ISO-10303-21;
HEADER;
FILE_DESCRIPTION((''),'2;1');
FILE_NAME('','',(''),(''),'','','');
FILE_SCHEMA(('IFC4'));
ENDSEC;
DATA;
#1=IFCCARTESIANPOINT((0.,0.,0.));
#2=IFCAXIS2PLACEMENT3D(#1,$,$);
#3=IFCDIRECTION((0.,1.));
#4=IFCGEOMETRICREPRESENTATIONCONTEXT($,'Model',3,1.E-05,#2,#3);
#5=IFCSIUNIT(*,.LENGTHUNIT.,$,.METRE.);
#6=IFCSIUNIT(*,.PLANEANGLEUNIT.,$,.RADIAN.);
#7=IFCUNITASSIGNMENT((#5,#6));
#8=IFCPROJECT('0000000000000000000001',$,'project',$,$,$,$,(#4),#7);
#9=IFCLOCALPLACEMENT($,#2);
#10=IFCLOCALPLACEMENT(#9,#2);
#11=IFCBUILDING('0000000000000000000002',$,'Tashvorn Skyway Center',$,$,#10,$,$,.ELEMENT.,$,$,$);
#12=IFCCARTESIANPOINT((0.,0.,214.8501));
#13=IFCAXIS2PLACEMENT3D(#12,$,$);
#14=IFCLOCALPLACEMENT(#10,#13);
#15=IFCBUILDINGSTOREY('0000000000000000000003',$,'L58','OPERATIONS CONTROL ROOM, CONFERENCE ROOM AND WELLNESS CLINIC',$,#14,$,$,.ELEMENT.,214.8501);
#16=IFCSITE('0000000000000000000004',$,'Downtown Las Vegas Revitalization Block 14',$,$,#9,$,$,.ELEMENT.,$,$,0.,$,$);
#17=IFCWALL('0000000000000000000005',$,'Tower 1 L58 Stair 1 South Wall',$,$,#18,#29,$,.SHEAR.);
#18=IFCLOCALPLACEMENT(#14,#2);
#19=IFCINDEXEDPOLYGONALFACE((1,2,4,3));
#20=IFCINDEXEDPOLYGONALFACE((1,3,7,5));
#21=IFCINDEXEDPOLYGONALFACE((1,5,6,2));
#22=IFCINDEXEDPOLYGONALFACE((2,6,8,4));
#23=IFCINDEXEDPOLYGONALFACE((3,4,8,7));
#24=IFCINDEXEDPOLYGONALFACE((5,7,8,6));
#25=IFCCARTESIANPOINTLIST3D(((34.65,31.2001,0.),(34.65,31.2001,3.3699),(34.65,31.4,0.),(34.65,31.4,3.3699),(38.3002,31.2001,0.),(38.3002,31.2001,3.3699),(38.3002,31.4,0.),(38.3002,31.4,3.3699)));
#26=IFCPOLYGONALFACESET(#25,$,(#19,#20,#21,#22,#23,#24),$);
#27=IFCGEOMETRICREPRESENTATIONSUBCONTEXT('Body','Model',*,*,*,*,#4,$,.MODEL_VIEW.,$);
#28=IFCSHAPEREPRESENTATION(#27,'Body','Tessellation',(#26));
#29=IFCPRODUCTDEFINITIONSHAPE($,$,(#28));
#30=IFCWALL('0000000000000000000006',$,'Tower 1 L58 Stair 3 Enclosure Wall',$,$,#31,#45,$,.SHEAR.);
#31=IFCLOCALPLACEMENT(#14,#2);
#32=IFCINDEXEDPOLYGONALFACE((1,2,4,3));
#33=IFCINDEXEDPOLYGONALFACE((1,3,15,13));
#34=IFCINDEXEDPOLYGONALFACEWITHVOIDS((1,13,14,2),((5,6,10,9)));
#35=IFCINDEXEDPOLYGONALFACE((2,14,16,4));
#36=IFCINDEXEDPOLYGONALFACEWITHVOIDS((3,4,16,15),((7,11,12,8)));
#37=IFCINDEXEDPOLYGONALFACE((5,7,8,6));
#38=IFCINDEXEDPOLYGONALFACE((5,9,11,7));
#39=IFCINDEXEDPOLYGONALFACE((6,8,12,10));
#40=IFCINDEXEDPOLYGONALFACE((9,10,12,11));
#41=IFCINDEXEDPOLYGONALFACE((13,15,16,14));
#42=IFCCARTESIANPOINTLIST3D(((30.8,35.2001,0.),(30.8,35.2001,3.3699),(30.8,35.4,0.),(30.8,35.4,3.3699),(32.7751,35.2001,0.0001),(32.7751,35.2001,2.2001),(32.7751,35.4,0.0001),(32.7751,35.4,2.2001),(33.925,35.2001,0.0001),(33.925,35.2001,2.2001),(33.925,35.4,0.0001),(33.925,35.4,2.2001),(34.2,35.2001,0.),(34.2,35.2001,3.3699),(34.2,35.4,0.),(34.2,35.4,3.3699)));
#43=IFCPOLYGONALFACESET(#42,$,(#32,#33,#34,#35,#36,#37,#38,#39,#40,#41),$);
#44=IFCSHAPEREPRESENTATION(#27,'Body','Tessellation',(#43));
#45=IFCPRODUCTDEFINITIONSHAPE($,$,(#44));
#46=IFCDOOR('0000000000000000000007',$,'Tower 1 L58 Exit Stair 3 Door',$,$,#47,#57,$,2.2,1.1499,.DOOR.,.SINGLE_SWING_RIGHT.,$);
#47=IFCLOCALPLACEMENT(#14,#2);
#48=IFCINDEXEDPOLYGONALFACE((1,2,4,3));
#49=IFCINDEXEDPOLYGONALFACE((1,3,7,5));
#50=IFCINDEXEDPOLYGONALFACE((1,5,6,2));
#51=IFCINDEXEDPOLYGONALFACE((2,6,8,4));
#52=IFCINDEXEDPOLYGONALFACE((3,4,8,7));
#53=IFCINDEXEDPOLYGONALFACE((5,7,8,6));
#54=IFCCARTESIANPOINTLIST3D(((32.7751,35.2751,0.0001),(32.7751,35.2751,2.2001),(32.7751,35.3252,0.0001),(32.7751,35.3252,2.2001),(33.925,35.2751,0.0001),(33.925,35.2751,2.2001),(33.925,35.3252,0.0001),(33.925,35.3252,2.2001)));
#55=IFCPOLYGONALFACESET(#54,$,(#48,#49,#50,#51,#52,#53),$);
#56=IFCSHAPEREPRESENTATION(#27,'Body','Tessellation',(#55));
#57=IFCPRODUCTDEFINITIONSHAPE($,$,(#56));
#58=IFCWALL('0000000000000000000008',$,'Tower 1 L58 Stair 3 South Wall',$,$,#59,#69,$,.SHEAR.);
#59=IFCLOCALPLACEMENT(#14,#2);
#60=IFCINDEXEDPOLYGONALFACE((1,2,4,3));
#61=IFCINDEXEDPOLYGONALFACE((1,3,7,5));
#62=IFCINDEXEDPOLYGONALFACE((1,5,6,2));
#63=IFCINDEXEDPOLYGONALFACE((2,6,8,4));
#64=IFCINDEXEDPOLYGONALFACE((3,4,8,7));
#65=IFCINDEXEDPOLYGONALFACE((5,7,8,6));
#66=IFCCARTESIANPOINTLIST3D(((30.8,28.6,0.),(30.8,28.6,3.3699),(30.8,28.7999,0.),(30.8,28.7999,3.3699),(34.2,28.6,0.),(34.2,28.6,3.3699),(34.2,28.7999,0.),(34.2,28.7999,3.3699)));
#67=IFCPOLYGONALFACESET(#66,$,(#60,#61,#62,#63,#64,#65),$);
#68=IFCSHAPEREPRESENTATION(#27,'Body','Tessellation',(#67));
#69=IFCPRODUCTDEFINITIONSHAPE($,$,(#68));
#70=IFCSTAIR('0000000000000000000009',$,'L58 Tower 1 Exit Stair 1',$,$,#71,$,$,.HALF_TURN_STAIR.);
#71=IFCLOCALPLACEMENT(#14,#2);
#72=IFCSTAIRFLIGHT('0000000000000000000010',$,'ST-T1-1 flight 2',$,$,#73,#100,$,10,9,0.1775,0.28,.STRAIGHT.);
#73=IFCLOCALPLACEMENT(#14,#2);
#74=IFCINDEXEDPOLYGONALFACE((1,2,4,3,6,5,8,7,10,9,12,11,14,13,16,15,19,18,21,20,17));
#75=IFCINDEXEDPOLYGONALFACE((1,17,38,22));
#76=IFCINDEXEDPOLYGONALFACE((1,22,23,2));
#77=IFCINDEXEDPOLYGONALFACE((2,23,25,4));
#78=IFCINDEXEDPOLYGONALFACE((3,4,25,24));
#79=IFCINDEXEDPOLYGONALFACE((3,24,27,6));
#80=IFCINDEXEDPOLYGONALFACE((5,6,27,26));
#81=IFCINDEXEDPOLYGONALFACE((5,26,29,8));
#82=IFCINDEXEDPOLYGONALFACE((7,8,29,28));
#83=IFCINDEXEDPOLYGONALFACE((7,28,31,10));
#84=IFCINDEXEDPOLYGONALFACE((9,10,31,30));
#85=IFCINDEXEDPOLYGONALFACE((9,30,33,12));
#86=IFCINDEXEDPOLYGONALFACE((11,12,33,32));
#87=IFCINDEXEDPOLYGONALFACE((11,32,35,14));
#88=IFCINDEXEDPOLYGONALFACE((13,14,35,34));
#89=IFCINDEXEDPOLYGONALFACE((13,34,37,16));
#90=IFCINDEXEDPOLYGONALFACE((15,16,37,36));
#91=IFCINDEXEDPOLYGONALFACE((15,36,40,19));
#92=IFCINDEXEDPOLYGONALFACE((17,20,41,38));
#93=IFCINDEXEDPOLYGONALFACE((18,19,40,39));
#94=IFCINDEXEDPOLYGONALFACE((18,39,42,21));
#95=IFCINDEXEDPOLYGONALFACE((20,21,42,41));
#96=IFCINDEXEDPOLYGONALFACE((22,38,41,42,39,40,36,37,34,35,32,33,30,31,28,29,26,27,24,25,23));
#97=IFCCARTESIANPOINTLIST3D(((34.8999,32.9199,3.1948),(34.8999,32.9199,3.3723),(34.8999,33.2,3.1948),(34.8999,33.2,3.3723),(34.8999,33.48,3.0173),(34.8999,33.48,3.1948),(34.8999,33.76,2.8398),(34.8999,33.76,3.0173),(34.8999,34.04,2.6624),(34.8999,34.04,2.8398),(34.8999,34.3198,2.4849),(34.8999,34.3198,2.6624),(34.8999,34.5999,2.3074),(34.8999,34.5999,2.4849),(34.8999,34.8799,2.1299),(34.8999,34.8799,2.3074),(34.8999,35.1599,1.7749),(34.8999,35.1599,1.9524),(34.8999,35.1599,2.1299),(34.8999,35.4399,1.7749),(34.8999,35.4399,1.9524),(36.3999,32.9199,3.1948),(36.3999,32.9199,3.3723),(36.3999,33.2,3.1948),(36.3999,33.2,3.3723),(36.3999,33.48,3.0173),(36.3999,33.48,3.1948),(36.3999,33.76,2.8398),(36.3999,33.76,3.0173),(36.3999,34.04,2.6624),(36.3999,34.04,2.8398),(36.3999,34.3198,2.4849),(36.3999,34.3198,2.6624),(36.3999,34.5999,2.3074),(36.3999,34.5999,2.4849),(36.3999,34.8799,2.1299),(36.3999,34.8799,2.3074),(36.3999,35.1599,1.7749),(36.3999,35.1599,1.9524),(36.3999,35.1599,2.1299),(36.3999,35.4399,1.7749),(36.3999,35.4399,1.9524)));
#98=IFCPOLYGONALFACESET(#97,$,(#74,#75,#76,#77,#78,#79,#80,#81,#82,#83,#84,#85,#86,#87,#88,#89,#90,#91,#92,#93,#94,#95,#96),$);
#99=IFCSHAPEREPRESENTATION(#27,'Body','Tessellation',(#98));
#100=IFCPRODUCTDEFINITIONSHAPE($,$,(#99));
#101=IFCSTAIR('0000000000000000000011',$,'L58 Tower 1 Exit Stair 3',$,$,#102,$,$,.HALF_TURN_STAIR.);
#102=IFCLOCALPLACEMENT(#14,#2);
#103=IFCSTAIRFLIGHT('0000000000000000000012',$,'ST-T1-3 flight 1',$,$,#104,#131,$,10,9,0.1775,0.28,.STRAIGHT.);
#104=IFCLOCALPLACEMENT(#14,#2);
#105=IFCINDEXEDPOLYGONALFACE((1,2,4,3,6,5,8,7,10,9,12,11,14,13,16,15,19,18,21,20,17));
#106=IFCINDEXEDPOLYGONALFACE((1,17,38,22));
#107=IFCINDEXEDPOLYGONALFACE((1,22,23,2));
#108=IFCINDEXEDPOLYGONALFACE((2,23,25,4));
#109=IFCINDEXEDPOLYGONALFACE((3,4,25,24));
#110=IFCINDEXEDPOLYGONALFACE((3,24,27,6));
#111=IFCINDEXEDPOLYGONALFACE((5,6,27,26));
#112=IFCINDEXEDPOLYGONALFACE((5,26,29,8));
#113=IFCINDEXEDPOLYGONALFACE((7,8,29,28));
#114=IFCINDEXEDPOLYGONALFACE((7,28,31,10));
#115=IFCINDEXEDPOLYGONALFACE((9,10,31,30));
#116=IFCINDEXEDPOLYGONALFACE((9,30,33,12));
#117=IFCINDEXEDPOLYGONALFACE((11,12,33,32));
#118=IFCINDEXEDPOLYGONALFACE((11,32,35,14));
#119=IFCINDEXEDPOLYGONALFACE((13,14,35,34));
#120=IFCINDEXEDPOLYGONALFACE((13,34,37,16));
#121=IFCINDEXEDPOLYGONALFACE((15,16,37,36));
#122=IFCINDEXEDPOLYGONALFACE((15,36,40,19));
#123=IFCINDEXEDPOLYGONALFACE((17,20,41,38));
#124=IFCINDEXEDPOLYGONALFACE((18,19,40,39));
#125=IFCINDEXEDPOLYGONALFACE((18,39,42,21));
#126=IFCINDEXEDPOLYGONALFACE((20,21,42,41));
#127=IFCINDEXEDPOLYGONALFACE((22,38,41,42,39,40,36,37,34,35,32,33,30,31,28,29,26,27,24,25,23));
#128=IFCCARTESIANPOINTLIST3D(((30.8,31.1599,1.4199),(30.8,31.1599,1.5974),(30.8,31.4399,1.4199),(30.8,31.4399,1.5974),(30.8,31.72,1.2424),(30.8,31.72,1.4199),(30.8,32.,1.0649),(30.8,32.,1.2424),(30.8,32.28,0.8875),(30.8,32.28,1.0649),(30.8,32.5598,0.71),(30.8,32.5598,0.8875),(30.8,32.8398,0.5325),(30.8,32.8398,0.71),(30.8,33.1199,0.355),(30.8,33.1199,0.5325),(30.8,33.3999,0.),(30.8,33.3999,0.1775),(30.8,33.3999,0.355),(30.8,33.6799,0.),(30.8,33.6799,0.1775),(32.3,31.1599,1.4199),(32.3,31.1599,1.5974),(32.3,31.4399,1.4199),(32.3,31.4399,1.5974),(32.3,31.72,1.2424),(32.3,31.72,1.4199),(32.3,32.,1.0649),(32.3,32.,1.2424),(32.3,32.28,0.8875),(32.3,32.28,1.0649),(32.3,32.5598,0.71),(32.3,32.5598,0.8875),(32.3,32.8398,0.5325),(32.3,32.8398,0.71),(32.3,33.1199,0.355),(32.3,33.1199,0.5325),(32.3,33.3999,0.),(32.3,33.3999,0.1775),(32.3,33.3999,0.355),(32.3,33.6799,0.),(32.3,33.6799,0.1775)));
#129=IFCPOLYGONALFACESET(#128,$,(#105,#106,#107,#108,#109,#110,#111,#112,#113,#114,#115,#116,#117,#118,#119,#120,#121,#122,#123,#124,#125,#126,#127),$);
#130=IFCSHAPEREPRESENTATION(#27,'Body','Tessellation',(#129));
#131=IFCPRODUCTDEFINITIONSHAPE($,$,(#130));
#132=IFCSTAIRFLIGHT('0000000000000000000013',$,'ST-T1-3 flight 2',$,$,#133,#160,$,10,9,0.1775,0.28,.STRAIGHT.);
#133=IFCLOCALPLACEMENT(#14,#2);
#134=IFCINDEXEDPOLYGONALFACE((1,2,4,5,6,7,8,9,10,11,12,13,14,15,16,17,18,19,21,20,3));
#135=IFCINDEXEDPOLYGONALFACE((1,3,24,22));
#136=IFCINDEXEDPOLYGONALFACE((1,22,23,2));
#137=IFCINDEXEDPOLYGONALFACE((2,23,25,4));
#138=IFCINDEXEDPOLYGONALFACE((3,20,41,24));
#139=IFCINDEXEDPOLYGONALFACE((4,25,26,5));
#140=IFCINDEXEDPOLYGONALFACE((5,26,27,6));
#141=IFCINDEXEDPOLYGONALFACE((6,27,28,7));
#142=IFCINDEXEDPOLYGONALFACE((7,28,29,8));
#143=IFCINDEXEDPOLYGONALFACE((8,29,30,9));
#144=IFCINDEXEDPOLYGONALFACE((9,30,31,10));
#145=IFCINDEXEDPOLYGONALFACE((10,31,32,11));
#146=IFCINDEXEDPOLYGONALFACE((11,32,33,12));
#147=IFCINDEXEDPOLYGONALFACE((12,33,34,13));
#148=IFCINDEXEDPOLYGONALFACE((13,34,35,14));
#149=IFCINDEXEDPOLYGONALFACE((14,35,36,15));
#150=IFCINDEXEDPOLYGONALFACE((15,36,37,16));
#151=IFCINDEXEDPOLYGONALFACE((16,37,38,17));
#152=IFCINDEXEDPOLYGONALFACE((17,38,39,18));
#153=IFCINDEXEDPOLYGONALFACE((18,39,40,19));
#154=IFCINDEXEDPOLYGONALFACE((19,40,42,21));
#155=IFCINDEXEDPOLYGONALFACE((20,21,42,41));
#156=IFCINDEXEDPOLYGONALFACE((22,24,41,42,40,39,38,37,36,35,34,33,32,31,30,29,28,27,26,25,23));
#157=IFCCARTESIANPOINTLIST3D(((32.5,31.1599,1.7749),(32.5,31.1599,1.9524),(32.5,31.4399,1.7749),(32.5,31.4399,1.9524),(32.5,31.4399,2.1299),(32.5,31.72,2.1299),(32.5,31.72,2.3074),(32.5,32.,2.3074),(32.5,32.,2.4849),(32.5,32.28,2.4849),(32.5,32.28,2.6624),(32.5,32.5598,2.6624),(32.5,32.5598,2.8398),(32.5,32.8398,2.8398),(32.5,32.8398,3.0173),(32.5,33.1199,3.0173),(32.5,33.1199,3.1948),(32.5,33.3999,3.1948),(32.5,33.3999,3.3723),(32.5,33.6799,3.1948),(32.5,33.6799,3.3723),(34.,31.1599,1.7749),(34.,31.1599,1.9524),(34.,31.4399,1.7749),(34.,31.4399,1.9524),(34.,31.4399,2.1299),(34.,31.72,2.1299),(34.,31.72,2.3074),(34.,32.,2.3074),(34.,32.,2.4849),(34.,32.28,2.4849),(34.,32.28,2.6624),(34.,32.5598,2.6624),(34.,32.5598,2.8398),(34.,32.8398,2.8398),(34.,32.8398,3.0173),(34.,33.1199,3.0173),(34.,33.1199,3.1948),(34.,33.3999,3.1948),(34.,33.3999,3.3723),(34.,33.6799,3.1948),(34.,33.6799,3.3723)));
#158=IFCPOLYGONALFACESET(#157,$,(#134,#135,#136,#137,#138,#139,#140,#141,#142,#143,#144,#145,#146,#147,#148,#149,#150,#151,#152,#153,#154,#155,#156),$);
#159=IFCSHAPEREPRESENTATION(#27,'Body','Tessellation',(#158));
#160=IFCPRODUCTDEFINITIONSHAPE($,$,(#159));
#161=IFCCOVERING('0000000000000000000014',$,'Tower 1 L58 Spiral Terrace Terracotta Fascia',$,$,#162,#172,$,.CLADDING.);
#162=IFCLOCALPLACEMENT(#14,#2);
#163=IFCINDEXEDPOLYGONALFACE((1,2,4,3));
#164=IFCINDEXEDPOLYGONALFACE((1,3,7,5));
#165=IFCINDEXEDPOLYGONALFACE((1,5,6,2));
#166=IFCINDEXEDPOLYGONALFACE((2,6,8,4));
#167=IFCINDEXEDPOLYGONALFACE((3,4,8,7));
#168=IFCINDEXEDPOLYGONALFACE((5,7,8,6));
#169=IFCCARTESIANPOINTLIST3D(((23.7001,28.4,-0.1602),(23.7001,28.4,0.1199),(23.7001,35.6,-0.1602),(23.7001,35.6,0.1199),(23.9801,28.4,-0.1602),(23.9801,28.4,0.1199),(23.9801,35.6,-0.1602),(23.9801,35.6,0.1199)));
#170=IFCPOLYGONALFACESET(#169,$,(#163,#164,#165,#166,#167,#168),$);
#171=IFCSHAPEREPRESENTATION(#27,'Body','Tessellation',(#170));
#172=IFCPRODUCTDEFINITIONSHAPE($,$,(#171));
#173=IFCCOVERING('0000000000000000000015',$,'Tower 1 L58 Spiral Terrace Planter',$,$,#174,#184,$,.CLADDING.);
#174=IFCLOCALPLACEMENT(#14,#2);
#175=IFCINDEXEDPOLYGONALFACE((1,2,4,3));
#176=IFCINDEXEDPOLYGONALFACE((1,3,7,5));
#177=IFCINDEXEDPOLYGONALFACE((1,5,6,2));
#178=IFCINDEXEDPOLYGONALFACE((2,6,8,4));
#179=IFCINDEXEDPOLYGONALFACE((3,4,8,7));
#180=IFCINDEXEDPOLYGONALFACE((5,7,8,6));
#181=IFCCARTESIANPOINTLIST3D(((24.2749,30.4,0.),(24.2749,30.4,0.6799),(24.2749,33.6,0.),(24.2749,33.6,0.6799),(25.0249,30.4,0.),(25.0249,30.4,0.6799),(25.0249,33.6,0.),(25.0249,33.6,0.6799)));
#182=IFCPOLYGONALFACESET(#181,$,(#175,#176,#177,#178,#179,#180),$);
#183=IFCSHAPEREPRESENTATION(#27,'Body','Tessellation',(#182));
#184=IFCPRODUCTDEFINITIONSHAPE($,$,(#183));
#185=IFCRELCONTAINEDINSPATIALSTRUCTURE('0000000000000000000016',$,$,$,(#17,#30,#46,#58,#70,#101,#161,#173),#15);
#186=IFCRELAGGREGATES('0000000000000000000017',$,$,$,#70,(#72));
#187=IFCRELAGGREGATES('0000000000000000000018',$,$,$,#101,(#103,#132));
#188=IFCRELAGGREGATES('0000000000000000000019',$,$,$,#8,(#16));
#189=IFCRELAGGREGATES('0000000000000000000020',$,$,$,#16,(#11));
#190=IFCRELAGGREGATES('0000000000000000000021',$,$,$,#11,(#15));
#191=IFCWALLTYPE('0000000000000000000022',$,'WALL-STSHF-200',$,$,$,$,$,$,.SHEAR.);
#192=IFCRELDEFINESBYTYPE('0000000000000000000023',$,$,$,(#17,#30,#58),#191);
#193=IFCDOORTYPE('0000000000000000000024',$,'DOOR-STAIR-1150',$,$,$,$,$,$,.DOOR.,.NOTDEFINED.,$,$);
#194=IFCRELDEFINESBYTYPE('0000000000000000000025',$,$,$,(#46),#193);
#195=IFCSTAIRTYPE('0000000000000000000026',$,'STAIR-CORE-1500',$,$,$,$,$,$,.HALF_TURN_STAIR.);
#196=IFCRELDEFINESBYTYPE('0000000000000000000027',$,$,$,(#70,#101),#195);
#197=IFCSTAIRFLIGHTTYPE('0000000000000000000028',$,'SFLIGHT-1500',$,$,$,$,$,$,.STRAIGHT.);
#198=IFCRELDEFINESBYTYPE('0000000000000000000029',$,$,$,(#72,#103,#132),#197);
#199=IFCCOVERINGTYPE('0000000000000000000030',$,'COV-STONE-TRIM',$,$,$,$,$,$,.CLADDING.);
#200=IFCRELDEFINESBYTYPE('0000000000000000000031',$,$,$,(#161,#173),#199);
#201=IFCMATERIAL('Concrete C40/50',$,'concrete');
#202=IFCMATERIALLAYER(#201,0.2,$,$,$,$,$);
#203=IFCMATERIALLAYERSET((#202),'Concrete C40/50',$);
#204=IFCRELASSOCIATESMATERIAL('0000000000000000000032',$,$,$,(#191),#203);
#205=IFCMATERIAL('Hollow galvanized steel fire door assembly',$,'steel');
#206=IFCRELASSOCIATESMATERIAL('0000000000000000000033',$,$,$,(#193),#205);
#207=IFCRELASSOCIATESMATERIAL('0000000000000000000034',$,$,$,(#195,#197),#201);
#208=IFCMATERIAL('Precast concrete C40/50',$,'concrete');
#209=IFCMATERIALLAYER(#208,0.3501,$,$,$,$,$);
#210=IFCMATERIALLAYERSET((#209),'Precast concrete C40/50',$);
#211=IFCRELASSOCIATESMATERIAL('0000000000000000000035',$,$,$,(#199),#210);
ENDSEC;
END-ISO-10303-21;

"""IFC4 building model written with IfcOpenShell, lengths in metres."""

from ifc_helpers import new_model, si_unit, direction, frame, frame_2d, origin, origin_2d, place, context, subcontext, project, spatial, polyline, rectangle, outline, extrude, material, layer, layer_set, type_object, element, fill, aggregate, save


model = new_model("IFC4")

# Units and contexts
model_context = context("Model", 3, precision=1e-05, world=origin(), true_north=direction((0.0, 1.0)))
body_context = subcontext(model_context, "Body", "Model", "MODEL_VIEW")
ifc_project = project(units=[si_unit("LENGTHUNIT", "METRE"), si_unit("PLANEANGLEUNIT", "RADIAN")], contexts=[model_context])

# Site, building, storey
site_placement = place(None, origin())
site = spatial("IfcSite", under=ifc_project, at=site_placement, Name="Downtown Las Vegas Revitalization Block 14", CompositionType="ELEMENT", RefElevation=0.0)
building_placement = place(site_placement, origin())
building = spatial("IfcBuilding", under=site, at=building_placement, Name="Tashvorn Skyway Center", CompositionType="ELEMENT")
storey_placement = place(building_placement, frame((0.0, 0.0, 214.8501)))
storey = spatial("IfcBuildingStorey", under=building, at=storey_placement, Name="L58", Description="OPERATIONS CONTROL ROOM, CONFERENCE ROOM AND WELLNESS CLINIC", CompositionType="ELEMENT", Elevation=214.8501)

# Wall
ifc_material_1 = material(Name="Concrete C40/50", Category="concrete")
ifc_layer_1 = layer(ifc_material_1, 0.2)
ifc_layer_set_1 = layer_set([ifc_layer_1], Name="Concrete C40/50")
wall_type_1 = type_object("IfcWallType", Name="WALL-STSHF-200", PredefinedType="SHEAR", material=ifc_layer_set_1)
wall_1_placement = place(storey_placement, frame((34.6499, 31.3, 0.0), z_axis=(0.0, 0.0, 1.0), x_axis=(1.0, 0.0, 0.0)))
element("IfcWall", 1, at=wall_1_placement, inside=storey, type_object=wall_type_1, Name="Tower 1 L58 Stair 1 South Wall", PredefinedType="SHEAR", context=body_context, shape_type="SweptSolid", body=[
    extrude(rectangle(XDim=3.6501, YDim=0.2, at=frame_2d((1.8252, 0.0))), origin(), (0.0, 0.0, 1.0), 3.3699),
])

# Wall, opening, door
wall_2_placement = place(storey_placement, frame((34.2, 35.3, 0.0), z_axis=(0.0, 0.0, 1.0), x_axis=(-1.0, 0.0, 0.0)))
wall_2 = element("IfcWall", 2, at=wall_2_placement, inside=storey, type_object=wall_type_1, Name="Tower 1 L58 Stair 3 Enclosure Wall", PredefinedType="SHEAR", context=body_context, shape_type="SweptSolid", body=[
    extrude(rectangle(XDim=3.3999, YDim=0.2, at=frame_2d((1.7, 0.0))), origin(), (0.0, 0.0, 1.0), 3.3699),
])
opening_placement = place(wall_2_placement, frame((0.2749, 0.0, 0.0)))
opening = element("IfcOpeningElement", 3, at=opening_placement, cuts=wall_2, PredefinedType="OPENING", context=body_context, shape_type="SweptSolid", body=[
    extrude(rectangle(XDim=1.1499, YDim=2.2, at=frame_2d((0.575, 1.1001))), frame((0.0, 0.1099, 0.0), z_axis=(0.0, -1.0, 0.0), x_axis=(1.0, 0.0, 0.0)), (0.0, 0.0, 1.0), 0.22),
])
ifc_material_2 = material(Name="Hollow galvanized steel fire door assembly", Category="steel")
door_type = type_object("IfcDoorType", Name="DOOR-STAIR-1150", OperationType="NOTDEFINED", PredefinedType="DOOR", material=ifc_material_2)
door_placement = place(opening_placement, origin())
door = element("IfcDoor", 4, at=door_placement, inside=storey, type_object=door_type, Name="Tower 1 L58 Exit Stair 3 Door", OperationType="SINGLE_SWING_RIGHT", OverallHeight=2.2, OverallWidth=1.1499, PredefinedType="DOOR", context=body_context, shape_type="SweptSolid", body=[
    extrude(rectangle(XDim=1.1499, YDim=2.2, at=frame_2d((0.575, 1.1001))), frame((0.0, 0.0249, 0.0), z_axis=(0.0, -1.0, 0.0), x_axis=(1.0, 0.0, 0.0)), (0.0, 0.0, 1.0), 0.05),
])
fill(opening, door)

# Wall
wall_3_placement = place(storey_placement, frame((30.8, 28.7, 0.0), z_axis=(0.0, 0.0, 1.0), x_axis=(1.0, 0.0, 0.0)))
element("IfcWall", 5, at=wall_3_placement, inside=storey, type_object=wall_type_1, Name="Tower 1 L58 Stair 3 South Wall", PredefinedType="SHEAR", context=body_context, shape_type="SweptSolid", body=[
    extrude(rectangle(XDim=3.3999, YDim=0.2, at=frame_2d((1.7, 0.0))), origin(), (0.0, 0.0, 1.0), 3.3699),
])

# Stair, stair flight
stair_type = type_object("IfcStairType", Name="STAIR-CORE-1500", PredefinedType="HALF_TURN_STAIR", material=ifc_material_1)
stair_1_placement = place(storey_placement, origin())
stair_1 = element("IfcStair", 6, at=stair_1_placement, inside=storey, type_object=stair_type, Name="L58 Tower 1 Exit Stair 1", PredefinedType="HALF_TURN_STAIR")
stair_flight_type = type_object("IfcStairFlightType", Name="SFLIGHT-1500", PredefinedType="STRAIGHT", material=ifc_material_1)
stair_flight_1_placement = place(storey_placement, frame((35.6499, 35.4399, 1.7749), z_axis=(0.0, 0.0, 1.0), x_axis=(0.0, -1.0, 0.0)))
stair_flight_1 = element("IfcStairFlight", 7, at=stair_flight_1_placement, type_object=stair_flight_type, Name="ST-T1-1 flight 2", NumberOfRisers=10, NumberOfTreads=9, PredefinedType="STRAIGHT", RiserHeight=0.1775, TreadLength=0.28, context=body_context, shape_type="SweptSolid", body=[
    extrude(outline(polyline([(0.0, 0.0), (0.0, 0.1775), (0.28, 0.1775), (0.28, 0.355), (0.5601, 0.355), (0.5601, 0.5325), (0.8401, 0.5325), (0.8401, 0.71), (1.1201, 0.71), (1.1201, 0.8875), (1.3999, 0.8875), (1.3999, 1.0649), (1.6799, 1.0649), (1.6799, 1.2424), (1.96, 1.2424), (1.96, 1.4199), (2.24, 1.4199), (2.24, 1.5974), (2.52, 1.5974), (2.52, 1.7749), (2.52, 1.4199), (0.28, 0.0), (0.0, 0.0)])), frame((0.0, 0.75, 0.0), z_axis=(0.0, -1.0, 0.0), x_axis=(1.0, 0.0, 0.0)), (0.0, 0.0, 1.0), 1.5),
])
aggregate(stair_1, [stair_flight_1])

# Stair, stair flights
stair_2_placement = place(storey_placement, origin())
stair_2 = element("IfcStair", 8, at=stair_2_placement, inside=storey, type_object=stair_type, Name="L58 Tower 1 Exit Stair 3", PredefinedType="HALF_TURN_STAIR")
stair_flight_2_placement = place(storey_placement, frame((31.55, 33.6799, 0.0), z_axis=(0.0, 0.0, 1.0), x_axis=(0.0, -1.0, 0.0)))
stair_flight_2 = element("IfcStairFlight", 9, at=stair_flight_2_placement, type_object=stair_flight_type, Name="ST-T1-3 flight 1", NumberOfRisers=10, NumberOfTreads=9, PredefinedType="STRAIGHT", RiserHeight=0.1775, TreadLength=0.28, context=body_context, shape_type="SweptSolid", body=[
    extrude(outline(polyline([(0.0, 0.0), (0.0, 0.1775), (0.28, 0.1775), (0.28, 0.355), (0.5601, 0.355), (0.5601, 0.5325), (0.8401, 0.5325), (0.8401, 0.71), (1.1201, 0.71), (1.1201, 0.8875), (1.3999, 0.8875), (1.3999, 1.0649), (1.6799, 1.0649), (1.6799, 1.2424), (1.96, 1.2424), (1.96, 1.4199), (2.24, 1.4199), (2.24, 1.5974), (2.52, 1.5974), (2.52, 1.7749), (2.52, 1.4199), (0.28, 0.0), (0.0, 0.0)])), frame((0.0, 0.75, 0.0), z_axis=(0.0, -1.0, 0.0), x_axis=(1.0, 0.0, 0.0)), (0.0, 0.0, 1.0), 1.5),
])
stair_flight_3_placement = place(storey_placement, frame((33.25, 31.1599, 1.7749), z_axis=(0.0, 0.0, 1.0), x_axis=(0.0, 1.0, 0.0)))
stair_flight_3 = element("IfcStairFlight", 10, at=stair_flight_3_placement, type_object=stair_flight_type, Name="ST-T1-3 flight 2", NumberOfRisers=10, NumberOfTreads=9, PredefinedType="STRAIGHT", RiserHeight=0.1775, TreadLength=0.28, context=body_context, shape_type="SweptSolid", body=[
    extrude(outline(polyline([(0.0, 0.0), (0.0, 0.1775), (0.28, 0.1775), (0.28, 0.355), (0.5601, 0.355), (0.5601, 0.5325), (0.8401, 0.5325), (0.8401, 0.71), (1.1201, 0.71), (1.1201, 0.8875), (1.3999, 0.8875), (1.3999, 1.0649), (1.6799, 1.0649), (1.6799, 1.2424), (1.96, 1.2424), (1.96, 1.4199), (2.24, 1.4199), (2.24, 1.5974), (2.52, 1.5974), (2.52, 1.7749), (2.52, 1.4199), (0.28, 0.0), (0.0, 0.0)])), frame((0.0, 0.75, 0.0), z_axis=(0.0, -1.0, 0.0), x_axis=(1.0, 0.0, 0.0)), (0.0, 0.0, 1.0), 1.5),
])
aggregate(stair_2, [stair_flight_2, stair_flight_3])

# Coverings
ifc_material_3 = material(Name="Precast concrete C40/50", Category="concrete")
ifc_layer_2 = layer(ifc_material_3, 0.3501)
ifc_layer_set_2 = layer_set([ifc_layer_2], Name="Precast concrete C40/50")
covering_type = type_object("IfcCoveringType", Name="COV-STONE-TRIM", PredefinedType="CLADDING", material=ifc_layer_set_2)
covering_1_placement = place(storey_placement, frame((23.8401, 32.0, -0.1602), z_axis=(0.0, 0.0, 1.0), x_axis=(0.0, 1.0, 0.0)))
element("IfcCovering", 11, at=covering_1_placement, inside=storey, type_object=covering_type, Name="Tower 1 L58 Spiral Terrace Terracotta Fascia", PredefinedType="CLADDING", context=body_context, shape_type="SweptSolid", body=[
    extrude(rectangle(XDim=7.2, YDim=0.28, at=origin_2d()), origin(), (0.0, 0.0, 1.0), 0.28),
])
covering_2_placement = place(storey_placement, frame((24.6499, 32.0, 0.0), z_axis=(0.0, 0.0, 1.0), x_axis=(0.0, 1.0, 0.0)))
element("IfcCovering", 12, at=covering_2_placement, inside=storey, type_object=covering_type, Name="Tower 1 L58 Spiral Terrace Planter", PredefinedType="CLADDING", context=body_context, shape_type="SweptSolid", body=[
    extrude(rectangle(XDim=3.2, YDim=0.75, at=origin_2d()), origin(), (0.0, 0.0, 1.0), 0.6799),
])

save(model, "model.ifc")
